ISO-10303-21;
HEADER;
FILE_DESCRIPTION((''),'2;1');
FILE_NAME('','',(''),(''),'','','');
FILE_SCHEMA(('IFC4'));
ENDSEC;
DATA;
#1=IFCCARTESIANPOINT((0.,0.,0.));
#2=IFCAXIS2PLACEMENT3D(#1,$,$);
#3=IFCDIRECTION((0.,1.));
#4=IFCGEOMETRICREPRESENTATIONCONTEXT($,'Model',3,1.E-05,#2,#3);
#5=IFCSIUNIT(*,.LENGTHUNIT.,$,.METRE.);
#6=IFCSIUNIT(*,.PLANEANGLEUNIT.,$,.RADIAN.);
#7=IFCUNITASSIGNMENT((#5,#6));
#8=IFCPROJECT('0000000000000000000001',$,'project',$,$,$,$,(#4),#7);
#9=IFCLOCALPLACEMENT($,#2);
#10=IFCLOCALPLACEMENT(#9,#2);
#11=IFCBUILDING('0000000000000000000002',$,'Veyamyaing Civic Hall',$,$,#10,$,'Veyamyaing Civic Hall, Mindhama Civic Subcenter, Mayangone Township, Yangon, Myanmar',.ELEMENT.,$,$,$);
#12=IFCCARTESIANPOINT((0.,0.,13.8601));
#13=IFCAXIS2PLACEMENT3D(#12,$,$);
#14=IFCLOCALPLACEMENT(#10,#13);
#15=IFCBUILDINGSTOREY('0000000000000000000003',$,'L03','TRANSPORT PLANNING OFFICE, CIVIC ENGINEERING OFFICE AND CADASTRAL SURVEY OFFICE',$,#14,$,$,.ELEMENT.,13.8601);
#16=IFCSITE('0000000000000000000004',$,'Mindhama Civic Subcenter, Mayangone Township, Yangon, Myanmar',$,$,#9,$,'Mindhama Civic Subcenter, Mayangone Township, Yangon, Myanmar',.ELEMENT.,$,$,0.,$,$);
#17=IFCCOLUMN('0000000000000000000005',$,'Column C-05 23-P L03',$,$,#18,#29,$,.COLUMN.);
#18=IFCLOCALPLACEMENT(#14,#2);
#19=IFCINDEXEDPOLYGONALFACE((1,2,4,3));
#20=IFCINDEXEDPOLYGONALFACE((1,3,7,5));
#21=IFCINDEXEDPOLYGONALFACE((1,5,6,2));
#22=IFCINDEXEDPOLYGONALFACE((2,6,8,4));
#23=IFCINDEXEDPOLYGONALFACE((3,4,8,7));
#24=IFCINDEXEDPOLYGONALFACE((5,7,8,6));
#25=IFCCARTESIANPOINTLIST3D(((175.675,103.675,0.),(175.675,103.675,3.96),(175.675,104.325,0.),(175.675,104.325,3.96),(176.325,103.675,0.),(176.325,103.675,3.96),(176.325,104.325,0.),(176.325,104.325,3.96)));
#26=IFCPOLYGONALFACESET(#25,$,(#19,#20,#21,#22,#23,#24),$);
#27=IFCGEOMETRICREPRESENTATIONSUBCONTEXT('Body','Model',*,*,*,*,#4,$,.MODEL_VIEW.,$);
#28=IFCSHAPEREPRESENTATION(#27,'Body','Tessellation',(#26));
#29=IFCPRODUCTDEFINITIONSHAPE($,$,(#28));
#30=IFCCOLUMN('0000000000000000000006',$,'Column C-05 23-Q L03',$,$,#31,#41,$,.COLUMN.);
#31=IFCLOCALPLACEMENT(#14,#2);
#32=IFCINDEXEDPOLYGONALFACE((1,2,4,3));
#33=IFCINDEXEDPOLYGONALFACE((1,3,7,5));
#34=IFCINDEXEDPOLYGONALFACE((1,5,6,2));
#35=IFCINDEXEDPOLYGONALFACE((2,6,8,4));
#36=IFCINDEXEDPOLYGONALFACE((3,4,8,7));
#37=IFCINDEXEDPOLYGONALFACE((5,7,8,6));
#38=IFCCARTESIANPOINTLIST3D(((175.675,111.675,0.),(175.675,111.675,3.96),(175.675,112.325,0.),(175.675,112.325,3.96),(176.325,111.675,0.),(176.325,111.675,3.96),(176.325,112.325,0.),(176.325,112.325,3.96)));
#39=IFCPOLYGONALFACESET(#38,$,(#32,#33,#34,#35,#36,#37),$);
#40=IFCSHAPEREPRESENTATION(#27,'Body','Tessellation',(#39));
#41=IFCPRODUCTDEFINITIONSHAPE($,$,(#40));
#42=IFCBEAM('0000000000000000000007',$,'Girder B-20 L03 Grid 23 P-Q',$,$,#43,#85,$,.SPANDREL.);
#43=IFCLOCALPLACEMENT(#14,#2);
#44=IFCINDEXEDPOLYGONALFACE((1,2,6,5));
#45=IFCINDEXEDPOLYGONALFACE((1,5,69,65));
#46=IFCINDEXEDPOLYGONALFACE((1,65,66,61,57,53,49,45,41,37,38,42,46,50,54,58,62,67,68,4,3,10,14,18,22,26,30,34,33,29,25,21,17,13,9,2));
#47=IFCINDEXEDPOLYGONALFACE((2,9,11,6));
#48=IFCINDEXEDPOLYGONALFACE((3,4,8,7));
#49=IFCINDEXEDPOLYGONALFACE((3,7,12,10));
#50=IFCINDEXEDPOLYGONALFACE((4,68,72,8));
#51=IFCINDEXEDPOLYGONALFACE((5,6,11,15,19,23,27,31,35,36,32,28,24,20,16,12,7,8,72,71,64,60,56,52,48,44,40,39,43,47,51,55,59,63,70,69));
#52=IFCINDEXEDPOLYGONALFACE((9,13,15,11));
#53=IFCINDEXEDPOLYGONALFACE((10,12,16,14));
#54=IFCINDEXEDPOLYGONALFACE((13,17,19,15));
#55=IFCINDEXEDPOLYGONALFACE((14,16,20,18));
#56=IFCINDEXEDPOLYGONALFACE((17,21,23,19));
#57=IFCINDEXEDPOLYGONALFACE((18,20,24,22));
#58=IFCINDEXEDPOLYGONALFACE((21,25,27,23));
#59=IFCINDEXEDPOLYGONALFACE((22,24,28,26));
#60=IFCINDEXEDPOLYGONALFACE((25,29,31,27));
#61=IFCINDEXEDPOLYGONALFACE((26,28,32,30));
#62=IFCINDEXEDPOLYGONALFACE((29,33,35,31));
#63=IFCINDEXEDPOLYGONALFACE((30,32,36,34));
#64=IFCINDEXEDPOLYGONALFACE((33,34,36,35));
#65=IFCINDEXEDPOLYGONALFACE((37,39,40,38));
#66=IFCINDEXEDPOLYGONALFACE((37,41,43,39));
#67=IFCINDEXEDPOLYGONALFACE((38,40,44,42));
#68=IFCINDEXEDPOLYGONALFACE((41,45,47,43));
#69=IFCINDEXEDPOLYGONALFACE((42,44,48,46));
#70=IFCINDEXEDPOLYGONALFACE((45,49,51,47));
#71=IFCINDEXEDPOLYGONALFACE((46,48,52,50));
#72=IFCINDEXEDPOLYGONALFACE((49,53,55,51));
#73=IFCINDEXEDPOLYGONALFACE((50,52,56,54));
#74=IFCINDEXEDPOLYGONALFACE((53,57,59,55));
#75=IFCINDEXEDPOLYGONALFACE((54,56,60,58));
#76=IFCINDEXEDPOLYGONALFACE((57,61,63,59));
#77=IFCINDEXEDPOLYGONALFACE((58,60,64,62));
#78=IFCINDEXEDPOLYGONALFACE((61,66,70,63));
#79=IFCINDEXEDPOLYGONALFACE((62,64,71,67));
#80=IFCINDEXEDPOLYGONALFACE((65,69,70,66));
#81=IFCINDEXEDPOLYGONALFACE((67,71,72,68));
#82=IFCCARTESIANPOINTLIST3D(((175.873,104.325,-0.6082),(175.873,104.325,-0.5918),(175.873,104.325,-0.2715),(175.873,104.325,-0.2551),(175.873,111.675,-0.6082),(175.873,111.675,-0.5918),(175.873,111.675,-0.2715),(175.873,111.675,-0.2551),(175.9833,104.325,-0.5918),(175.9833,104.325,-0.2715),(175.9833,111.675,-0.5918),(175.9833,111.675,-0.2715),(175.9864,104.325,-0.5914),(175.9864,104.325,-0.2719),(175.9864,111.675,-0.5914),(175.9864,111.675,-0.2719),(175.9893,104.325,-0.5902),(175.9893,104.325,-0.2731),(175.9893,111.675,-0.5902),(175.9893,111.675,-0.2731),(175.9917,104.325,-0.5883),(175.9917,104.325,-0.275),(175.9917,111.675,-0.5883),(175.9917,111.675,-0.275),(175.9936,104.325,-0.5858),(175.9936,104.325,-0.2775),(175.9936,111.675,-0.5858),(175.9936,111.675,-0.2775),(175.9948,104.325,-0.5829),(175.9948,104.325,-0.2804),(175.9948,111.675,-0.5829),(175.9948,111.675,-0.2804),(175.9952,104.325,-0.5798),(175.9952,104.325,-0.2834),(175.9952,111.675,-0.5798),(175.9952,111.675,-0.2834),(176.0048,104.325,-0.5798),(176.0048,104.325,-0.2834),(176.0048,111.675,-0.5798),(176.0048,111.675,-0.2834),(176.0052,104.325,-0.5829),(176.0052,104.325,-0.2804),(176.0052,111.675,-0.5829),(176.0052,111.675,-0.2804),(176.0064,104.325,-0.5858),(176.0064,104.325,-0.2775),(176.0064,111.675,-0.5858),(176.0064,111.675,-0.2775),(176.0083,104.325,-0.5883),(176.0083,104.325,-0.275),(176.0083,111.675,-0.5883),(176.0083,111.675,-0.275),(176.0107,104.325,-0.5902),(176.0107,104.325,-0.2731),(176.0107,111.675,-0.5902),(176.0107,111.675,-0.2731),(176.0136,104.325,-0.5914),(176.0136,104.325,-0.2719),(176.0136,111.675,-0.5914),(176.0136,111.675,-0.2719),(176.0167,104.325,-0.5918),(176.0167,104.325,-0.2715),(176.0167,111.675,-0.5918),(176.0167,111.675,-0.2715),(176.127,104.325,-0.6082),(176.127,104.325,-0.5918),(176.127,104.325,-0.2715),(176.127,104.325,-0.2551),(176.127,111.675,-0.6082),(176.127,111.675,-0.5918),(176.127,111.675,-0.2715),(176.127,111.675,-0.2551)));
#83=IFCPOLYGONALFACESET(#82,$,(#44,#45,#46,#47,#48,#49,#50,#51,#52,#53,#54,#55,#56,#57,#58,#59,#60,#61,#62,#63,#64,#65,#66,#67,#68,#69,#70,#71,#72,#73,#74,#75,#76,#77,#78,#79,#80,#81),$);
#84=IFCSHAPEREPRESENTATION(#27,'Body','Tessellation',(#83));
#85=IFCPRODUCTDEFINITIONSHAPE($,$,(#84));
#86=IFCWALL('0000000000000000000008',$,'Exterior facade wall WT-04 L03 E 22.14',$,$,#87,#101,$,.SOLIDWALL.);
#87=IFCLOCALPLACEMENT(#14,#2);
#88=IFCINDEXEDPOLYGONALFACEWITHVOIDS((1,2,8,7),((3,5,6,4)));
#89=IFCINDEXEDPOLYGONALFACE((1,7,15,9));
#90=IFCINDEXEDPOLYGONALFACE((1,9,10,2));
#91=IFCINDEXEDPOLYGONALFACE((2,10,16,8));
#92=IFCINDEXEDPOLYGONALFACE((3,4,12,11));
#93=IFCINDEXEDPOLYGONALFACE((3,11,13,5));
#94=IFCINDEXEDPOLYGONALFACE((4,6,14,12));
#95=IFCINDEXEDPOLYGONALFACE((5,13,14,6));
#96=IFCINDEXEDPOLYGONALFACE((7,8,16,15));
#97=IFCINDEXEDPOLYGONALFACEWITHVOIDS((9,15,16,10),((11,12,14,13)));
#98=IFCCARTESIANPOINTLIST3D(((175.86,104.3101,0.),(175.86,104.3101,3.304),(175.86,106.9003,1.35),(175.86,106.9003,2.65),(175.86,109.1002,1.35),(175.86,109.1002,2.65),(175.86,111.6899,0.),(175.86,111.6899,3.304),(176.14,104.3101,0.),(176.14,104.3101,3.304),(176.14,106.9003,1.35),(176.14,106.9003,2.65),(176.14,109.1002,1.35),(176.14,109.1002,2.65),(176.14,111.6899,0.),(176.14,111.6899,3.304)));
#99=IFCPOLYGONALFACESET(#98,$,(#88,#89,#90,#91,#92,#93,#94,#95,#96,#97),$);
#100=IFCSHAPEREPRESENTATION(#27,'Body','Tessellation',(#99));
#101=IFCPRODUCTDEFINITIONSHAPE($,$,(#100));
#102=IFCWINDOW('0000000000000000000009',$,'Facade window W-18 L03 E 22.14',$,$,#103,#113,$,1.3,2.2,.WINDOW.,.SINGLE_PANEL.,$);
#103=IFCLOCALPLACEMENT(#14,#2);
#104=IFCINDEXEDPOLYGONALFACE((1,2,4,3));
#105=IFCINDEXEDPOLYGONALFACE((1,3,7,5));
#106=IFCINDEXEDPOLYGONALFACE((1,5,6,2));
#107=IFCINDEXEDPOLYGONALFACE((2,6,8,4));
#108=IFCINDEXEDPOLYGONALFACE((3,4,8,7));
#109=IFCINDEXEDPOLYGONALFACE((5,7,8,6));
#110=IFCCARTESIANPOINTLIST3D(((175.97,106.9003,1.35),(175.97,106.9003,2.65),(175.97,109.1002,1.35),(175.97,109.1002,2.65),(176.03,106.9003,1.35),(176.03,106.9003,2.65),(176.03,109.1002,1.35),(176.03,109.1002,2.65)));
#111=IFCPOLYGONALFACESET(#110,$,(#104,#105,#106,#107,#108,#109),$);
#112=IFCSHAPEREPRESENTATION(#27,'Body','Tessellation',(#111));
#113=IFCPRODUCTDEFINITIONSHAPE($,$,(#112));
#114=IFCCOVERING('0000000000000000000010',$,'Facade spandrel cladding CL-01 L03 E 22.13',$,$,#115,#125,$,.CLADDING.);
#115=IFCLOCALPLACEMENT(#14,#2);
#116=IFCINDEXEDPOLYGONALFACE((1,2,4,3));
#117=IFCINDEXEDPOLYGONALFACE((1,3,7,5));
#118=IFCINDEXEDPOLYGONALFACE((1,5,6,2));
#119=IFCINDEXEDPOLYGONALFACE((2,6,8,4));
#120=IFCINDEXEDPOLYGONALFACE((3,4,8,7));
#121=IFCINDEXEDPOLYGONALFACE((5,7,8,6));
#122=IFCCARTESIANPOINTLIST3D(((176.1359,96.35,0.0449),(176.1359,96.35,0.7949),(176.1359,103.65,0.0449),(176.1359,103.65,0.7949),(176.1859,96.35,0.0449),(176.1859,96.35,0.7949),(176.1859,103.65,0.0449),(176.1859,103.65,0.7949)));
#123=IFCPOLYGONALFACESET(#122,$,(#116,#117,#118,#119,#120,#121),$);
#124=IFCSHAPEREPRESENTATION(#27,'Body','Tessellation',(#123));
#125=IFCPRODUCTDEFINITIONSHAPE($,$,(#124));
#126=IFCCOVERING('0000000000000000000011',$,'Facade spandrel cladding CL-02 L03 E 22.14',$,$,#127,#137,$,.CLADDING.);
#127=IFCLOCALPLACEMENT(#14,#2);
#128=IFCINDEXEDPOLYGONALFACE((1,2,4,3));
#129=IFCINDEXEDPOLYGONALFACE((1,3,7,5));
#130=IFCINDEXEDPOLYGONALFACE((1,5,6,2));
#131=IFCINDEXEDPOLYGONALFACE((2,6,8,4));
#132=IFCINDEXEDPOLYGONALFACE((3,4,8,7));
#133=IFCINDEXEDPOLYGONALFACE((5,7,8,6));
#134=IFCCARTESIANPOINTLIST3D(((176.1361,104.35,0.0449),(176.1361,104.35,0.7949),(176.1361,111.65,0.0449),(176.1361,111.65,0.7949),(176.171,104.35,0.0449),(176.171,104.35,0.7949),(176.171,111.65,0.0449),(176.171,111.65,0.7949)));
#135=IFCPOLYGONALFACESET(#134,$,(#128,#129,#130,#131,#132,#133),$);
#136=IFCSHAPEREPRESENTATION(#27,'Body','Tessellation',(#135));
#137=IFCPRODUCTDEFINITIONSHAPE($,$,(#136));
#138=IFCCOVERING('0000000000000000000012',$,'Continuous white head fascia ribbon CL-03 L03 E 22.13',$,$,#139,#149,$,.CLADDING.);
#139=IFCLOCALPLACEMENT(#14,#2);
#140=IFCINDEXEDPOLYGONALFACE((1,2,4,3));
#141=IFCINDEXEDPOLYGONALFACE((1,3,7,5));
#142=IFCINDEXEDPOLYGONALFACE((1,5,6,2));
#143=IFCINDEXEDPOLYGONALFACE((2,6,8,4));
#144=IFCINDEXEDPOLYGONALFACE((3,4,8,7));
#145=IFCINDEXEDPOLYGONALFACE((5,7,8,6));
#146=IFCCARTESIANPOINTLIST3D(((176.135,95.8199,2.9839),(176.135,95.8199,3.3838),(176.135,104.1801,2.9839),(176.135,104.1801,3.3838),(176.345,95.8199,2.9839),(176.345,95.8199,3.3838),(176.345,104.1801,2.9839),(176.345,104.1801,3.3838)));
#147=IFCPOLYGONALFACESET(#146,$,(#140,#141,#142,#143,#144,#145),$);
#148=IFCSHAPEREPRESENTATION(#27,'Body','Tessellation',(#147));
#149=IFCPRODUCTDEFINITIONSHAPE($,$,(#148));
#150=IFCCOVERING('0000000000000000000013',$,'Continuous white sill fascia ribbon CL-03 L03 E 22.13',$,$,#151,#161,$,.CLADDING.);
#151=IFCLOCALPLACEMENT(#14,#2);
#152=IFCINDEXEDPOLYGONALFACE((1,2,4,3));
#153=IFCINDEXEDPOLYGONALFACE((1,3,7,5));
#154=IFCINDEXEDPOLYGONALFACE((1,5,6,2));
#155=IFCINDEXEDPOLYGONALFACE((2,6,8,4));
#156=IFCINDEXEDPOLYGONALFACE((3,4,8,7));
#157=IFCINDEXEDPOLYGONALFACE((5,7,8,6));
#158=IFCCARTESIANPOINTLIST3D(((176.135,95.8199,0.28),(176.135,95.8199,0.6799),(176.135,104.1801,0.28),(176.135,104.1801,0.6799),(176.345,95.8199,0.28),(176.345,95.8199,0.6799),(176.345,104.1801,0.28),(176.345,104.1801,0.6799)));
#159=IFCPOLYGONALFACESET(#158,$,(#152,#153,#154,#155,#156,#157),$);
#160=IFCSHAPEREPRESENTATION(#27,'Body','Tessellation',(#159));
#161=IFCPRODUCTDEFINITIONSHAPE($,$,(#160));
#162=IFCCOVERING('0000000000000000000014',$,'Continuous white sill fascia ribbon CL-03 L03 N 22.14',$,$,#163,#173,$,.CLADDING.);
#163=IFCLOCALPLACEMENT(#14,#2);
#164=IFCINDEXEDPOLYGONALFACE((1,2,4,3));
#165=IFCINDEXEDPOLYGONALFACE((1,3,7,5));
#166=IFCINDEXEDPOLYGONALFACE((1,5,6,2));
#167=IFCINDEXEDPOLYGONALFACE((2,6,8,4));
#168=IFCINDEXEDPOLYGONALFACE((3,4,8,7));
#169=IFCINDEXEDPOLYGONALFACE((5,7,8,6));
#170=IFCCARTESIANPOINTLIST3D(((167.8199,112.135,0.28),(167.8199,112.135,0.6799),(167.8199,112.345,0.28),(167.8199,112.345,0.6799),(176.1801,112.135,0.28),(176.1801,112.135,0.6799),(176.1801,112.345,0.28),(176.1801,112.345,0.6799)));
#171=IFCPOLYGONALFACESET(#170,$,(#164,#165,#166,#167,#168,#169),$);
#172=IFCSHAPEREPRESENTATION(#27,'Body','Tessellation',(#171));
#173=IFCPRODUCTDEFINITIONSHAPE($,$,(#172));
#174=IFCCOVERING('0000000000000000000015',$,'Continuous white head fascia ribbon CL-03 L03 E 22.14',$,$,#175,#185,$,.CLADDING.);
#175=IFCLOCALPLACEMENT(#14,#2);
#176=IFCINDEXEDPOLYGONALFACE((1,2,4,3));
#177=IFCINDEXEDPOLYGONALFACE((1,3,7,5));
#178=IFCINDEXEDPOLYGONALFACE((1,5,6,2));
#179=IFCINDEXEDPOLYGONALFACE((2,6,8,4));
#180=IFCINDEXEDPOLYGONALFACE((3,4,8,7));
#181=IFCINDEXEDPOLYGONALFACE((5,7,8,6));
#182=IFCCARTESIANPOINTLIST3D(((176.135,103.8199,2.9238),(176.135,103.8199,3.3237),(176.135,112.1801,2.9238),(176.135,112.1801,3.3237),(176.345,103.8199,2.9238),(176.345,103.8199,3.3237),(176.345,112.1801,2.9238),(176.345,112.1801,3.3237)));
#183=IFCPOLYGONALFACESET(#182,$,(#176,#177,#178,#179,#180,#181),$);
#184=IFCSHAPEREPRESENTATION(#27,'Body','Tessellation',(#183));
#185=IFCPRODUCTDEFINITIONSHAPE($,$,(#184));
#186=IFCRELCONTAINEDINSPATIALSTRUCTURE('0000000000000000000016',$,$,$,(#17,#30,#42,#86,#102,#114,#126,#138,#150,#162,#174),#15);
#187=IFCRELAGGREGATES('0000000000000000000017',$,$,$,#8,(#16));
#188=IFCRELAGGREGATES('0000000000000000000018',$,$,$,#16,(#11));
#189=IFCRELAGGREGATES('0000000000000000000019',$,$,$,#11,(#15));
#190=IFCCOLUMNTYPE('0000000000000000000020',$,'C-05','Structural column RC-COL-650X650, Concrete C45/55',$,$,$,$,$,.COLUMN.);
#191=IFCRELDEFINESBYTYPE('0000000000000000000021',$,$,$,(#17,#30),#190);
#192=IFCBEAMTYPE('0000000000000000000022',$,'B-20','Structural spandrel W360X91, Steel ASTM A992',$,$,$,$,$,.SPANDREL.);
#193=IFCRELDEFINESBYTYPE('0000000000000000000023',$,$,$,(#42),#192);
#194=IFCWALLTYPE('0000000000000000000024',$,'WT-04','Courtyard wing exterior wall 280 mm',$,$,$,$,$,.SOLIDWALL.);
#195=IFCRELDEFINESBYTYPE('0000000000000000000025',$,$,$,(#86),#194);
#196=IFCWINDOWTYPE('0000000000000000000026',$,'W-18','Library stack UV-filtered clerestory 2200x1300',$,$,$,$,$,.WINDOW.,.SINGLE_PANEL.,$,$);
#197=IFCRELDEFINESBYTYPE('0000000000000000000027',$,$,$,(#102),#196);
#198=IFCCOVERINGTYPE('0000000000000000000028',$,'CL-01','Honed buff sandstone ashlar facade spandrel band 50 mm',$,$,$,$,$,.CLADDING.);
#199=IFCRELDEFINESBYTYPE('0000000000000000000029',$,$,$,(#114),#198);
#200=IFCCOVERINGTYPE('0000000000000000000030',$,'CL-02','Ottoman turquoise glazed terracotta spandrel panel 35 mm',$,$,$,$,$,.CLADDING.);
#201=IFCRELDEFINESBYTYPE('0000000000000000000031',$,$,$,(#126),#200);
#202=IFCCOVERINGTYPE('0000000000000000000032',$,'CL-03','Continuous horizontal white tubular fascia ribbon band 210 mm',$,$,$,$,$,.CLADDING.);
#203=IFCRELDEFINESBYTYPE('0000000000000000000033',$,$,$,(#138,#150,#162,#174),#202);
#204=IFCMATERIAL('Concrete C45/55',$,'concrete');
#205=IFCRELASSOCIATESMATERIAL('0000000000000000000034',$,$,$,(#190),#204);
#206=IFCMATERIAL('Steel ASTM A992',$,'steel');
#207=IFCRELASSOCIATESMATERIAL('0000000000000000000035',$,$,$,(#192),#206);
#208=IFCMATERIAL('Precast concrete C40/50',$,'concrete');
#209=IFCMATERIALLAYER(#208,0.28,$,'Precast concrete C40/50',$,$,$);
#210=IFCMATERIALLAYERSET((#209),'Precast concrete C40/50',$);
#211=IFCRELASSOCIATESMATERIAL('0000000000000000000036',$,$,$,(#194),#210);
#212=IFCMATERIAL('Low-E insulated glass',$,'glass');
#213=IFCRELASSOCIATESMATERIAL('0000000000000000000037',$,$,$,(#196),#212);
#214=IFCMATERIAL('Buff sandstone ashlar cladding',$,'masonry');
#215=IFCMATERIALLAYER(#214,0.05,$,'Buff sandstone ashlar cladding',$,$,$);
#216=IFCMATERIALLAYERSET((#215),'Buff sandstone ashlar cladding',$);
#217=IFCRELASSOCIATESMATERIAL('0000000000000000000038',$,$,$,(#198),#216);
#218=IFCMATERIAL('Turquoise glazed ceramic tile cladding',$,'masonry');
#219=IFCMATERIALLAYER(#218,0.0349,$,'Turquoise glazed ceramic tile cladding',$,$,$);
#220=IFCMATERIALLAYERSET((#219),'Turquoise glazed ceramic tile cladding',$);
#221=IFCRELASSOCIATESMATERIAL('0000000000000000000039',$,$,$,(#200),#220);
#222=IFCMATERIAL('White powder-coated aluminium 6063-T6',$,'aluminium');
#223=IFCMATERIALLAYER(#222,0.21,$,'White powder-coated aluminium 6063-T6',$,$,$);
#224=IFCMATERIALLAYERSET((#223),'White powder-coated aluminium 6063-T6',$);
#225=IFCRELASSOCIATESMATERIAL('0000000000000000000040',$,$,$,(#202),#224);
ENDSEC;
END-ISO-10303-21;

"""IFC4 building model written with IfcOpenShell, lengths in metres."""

from ifc_helpers import new_model, si_unit, direction, frame, frame_2d, origin, origin_2d, place, context, subcontext, project, spatial, rectangle, i_section, extrude, material, layer, layer_set, material_profile, profile_set, type_object, element, fill, save


model = new_model("IFC4")

# Units and contexts
model_context = context("Model", 3, precision=1e-05, world=origin(), true_north=direction((0.0, 1.0)))
body_context = subcontext(model_context, "Body", "Model", "MODEL_VIEW")
ifc_project = project(units=[si_unit("LENGTHUNIT", "METRE"), si_unit("PLANEANGLEUNIT", "RADIAN")], contexts=[model_context])

# Site, building, storey
site_placement = place(None, origin())
site = spatial("IfcSite", under=ifc_project, at=site_placement, Name="Mindhama Civic Subcenter, Mayangone Township, Yangon, Myanmar", LongName="Mindhama Civic Subcenter, Mayangone Township, Yangon, Myanmar", CompositionType="ELEMENT", RefElevation=0.0)
building_placement = place(site_placement, origin())
building = spatial("IfcBuilding", under=site, at=building_placement, Name="Veyamyaing Civic Hall", LongName="Veyamyaing Civic Hall, Mindhama Civic Subcenter, Mayangone Township, Yangon, Myanmar", CompositionType="ELEMENT")
storey_placement = place(building_placement, frame((0.0, 0.0, 13.8601)))
storey = spatial("IfcBuildingStorey", under=building, at=storey_placement, Name="L03", Description="TRANSPORT PLANNING OFFICE, CIVIC ENGINEERING OFFICE AND CADASTRAL SURVEY OFFICE", CompositionType="ELEMENT", Elevation=13.8601)

# Columns
ifc_material_1 = material(Name="Concrete C45/55", Category="concrete")
ifc_material_profile_1 = material_profile(ifc_material_1, rectangle(XDim=0.6499, YDim=0.6499, at=origin_2d()), Name="RC-COL-650X650")
ifc_profile_set_1 = profile_set([ifc_material_profile_1], Name="Concrete C45/55")
column_type = type_object("IfcColumnType", Name="C-05", Description="Structural column RC-COL-650X650, Concrete C45/55", PredefinedType="COLUMN", material=ifc_profile_set_1)
for number, where, z_axis, x_axis, name in (
    (1, (176.0, 104.0, 0.0), (0.0, 0.0, 1.0), (1.0, 0.0, 0.0), "Column C-05 23-P L03"),
    (2, (176.0, 112.0, 0.0), (0.0, 0.0, 1.0), (1.0, 0.0, 0.0), "Column C-05 23-Q L03"),
):
    element("IfcColumn", number, at=place(storey_placement, frame(where, z_axis=z_axis, x_axis=x_axis)), inside=storey, type_object=column_type, Name=name, PredefinedType="COLUMN", context=body_context, shape_type="SweptSolid", body=[
        extrude(rectangle(XDim=0.6499, YDim=0.6499, at=origin_2d()), origin(), (0.0, 0.0, 1.0), 3.96),
    ])

# Beam
ifc_material_2 = material(Name="Steel ASTM A992", Category="steel")
ifc_material_profile_2 = material_profile(ifc_material_2, i_section(OverallWidth=0.2539, OverallDepth=0.353, WebThickness=0.0095, FlangeThickness=0.0164, FilletRadius=0.012, at=origin_2d()), Name="W360X91")
ifc_profile_set_2 = profile_set([ifc_material_profile_2], Name="Steel ASTM A992")
beam_type = type_object("IfcBeamType", Name="B-20", Description="Structural spandrel W360X91, Steel ASTM A992", PredefinedType="SPANDREL", material=ifc_profile_set_2)
beam_placement = place(storey_placement, frame((176.0, 104.325, -0.4316), z_axis=(0.0, 1.0, 0.0), x_axis=(-1.0, 0.0, 0.0)))
element("IfcBeam", 3, at=beam_placement, inside=storey, type_object=beam_type, Name="Girder B-20 L03 Grid 23 P-Q", PredefinedType="SPANDREL", context=body_context, shape_type="SweptSolid", body=[
    extrude(i_section(OverallWidth=0.2539, OverallDepth=0.353, WebThickness=0.0095, FlangeThickness=0.0164, FilletRadius=0.012, at=origin_2d()), origin(), (0.0, 0.0, 1.0), 7.3501),
])

# Wall, opening, window
ifc_material_3 = material(Name="Precast concrete C40/50", Category="concrete")
ifc_layer_1 = layer(ifc_material_3, 0.28, Name="Precast concrete C40/50")
ifc_layer_set_1 = layer_set([ifc_layer_1], Name="Precast concrete C40/50")
wall_type = type_object("IfcWallType", Name="WT-04", Description="Courtyard wing exterior wall 280 mm", PredefinedType="SOLIDWALL", material=ifc_layer_set_1)
wall_placement = place(storey_placement, frame((176.0, 104.3101, 0.0), z_axis=(0.0, 0.0, 1.0), x_axis=(0.0, 1.0, 0.0)))
wall = element("IfcWall", 4, at=wall_placement, inside=storey, type_object=wall_type, Name="Exterior facade wall WT-04 L03 E 22.14", PredefinedType="SOLIDWALL", context=body_context, shape_type="SweptSolid", body=[
    extrude(rectangle(XDim=7.3799, YDim=0.28, at=frame_2d((3.6899, 0.0))), origin(), (0.0, 0.0, 1.0), 3.304),
])
opening_placement = place(wall_placement, frame((2.5901, 0.0, 1.3501)))
opening = element("IfcOpeningElement", 5, at=opening_placement, cuts=wall, PredefinedType="OPENING", context=body_context, shape_type="SweptSolid", body=[
    extrude(rectangle(XDim=2.2, YDim=1.3, at=frame_2d((1.1001, 0.6499))), frame((0.0, 0.1499, 0.0), z_axis=(0.0, -1.0, 0.0), x_axis=(1.0, 0.0, 0.0)), (0.0, 0.0, 1.0), 0.3),
])
ifc_material_4 = material(Name="Low-E insulated glass", Category="glass")
window_type = type_object("IfcWindowType", Name="W-18", Description="Library stack UV-filtered clerestory 2200x1300", PartitioningType="SINGLE_PANEL", PredefinedType="WINDOW", material=ifc_material_4)
window_placement = place(opening_placement, origin())
window = element("IfcWindow", 6, at=window_placement, inside=storey, type_object=window_type, Name="Facade window W-18 L03 E 22.14", OverallHeight=1.3, OverallWidth=2.2, PartitioningType="SINGLE_PANEL", PredefinedType="WINDOW", context=body_context, shape_type="SweptSolid", body=[
    extrude(rectangle(XDim=2.2, YDim=1.3, at=frame_2d((1.1001, 0.6499))), frame((0.0, 0.03, 0.0), z_axis=(0.0, -1.0, 0.0), x_axis=(1.0, 0.0, 0.0)), (0.0, 0.0, 1.0), 0.0601),
])
fill(opening, window)

# Coverings
ifc_material_5 = material(Name="Buff sandstone ashlar cladding", Category="masonry")
ifc_layer_2 = layer(ifc_material_5, 0.05, Name="Buff sandstone ashlar cladding")
ifc_layer_set_2 = layer_set([ifc_layer_2], Name="Buff sandstone ashlar cladding")
covering_type_1 = type_object("IfcCoveringType", Name="CL-01", Description="Honed buff sandstone ashlar facade spandrel band 50 mm", PredefinedType="CLADDING", material=ifc_layer_set_2)
covering_1_placement = place(storey_placement, frame((176.1609, 100.0, 0.0449), z_axis=(0.0, 0.0, 1.0), x_axis=(0.0, 1.0, 0.0)))
element("IfcCovering", 7, at=covering_1_placement, inside=storey, type_object=covering_type_1, Name="Facade spandrel cladding CL-01 L03 E 22.13", PredefinedType="CLADDING", context=body_context, shape_type="SweptSolid", body=[
    extrude(rectangle(XDim=7.3, YDim=0.05, at=origin_2d()), origin(), (0.0, 0.0, 1.0), 0.75),
])
ifc_material_6 = material(Name="Turquoise glazed ceramic tile cladding", Category="masonry")
ifc_layer_3 = layer(ifc_material_6, 0.0349, Name="Turquoise glazed ceramic tile cladding")
ifc_layer_set_3 = layer_set([ifc_layer_3], Name="Turquoise glazed ceramic tile cladding")
covering_type_2 = type_object("IfcCoveringType", Name="CL-02", Description="Ottoman turquoise glazed terracotta spandrel panel 35 mm", PredefinedType="CLADDING", material=ifc_layer_set_3)
covering_2_placement = place(storey_placement, frame((176.1536, 108.0, 0.0449), z_axis=(0.0, 0.0, 1.0), x_axis=(0.0, 1.0, 0.0)))
element("IfcCovering", 8, at=covering_2_placement, inside=storey, type_object=covering_type_2, Name="Facade spandrel cladding CL-02 L03 E 22.14", PredefinedType="CLADDING", context=body_context, shape_type="SweptSolid", body=[
    extrude(rectangle(XDim=7.3, YDim=0.0349, at=origin_2d()), origin(), (0.0, 0.0, 1.0), 0.75),
])
ifc_material_7 = material(Name="White powder-coated aluminium 6063-T6", Category="aluminium")
ifc_layer_4 = layer(ifc_material_7, 0.21, Name="White powder-coated aluminium 6063-T6")
ifc_layer_set_4 = layer_set([ifc_layer_4], Name="White powder-coated aluminium 6063-T6")
covering_type_3 = type_object("IfcCoveringType", Name="CL-03", Description="Continuous horizontal white tubular fascia ribbon band 210 mm", PredefinedType="CLADDING", material=ifc_layer_set_4)
for number, where, z_axis, x_axis, name in (
    (9, (176.24, 100.0, 2.9839), (0.0, 0.0, 1.0), (0.0, 1.0, 0.0), "Continuous white head fascia ribbon CL-03 L03 E 22.13"),
    (10, (176.24, 100.0, 0.28), (0.0, 0.0, 1.0), (0.0, 1.0, 0.0), "Continuous white sill fascia ribbon CL-03 L03 E 22.13"),
    (11, (172.0, 112.24, 0.28), (0.0, 0.0, 1.0), (1.0, 0.0, 0.0), "Continuous white sill fascia ribbon CL-03 L03 N 22.14"),
    (12, (176.24, 108.0, 2.9238), (0.0, 0.0, 1.0), (0.0, 1.0, 0.0), "Continuous white head fascia ribbon CL-03 L03 E 22.14"),
):
    element("IfcCovering", number, at=place(storey_placement, frame(where, z_axis=z_axis, x_axis=x_axis)), inside=storey, type_object=covering_type_3, Name=name, PredefinedType="CLADDING", context=body_context, shape_type="SweptSolid", body=[
        extrude(rectangle(XDim=8.3601, YDim=0.21, at=origin_2d()), origin(), (0.0, 0.0, 1.0), 0.3999),
    ])

save(model, "model.ifc")
